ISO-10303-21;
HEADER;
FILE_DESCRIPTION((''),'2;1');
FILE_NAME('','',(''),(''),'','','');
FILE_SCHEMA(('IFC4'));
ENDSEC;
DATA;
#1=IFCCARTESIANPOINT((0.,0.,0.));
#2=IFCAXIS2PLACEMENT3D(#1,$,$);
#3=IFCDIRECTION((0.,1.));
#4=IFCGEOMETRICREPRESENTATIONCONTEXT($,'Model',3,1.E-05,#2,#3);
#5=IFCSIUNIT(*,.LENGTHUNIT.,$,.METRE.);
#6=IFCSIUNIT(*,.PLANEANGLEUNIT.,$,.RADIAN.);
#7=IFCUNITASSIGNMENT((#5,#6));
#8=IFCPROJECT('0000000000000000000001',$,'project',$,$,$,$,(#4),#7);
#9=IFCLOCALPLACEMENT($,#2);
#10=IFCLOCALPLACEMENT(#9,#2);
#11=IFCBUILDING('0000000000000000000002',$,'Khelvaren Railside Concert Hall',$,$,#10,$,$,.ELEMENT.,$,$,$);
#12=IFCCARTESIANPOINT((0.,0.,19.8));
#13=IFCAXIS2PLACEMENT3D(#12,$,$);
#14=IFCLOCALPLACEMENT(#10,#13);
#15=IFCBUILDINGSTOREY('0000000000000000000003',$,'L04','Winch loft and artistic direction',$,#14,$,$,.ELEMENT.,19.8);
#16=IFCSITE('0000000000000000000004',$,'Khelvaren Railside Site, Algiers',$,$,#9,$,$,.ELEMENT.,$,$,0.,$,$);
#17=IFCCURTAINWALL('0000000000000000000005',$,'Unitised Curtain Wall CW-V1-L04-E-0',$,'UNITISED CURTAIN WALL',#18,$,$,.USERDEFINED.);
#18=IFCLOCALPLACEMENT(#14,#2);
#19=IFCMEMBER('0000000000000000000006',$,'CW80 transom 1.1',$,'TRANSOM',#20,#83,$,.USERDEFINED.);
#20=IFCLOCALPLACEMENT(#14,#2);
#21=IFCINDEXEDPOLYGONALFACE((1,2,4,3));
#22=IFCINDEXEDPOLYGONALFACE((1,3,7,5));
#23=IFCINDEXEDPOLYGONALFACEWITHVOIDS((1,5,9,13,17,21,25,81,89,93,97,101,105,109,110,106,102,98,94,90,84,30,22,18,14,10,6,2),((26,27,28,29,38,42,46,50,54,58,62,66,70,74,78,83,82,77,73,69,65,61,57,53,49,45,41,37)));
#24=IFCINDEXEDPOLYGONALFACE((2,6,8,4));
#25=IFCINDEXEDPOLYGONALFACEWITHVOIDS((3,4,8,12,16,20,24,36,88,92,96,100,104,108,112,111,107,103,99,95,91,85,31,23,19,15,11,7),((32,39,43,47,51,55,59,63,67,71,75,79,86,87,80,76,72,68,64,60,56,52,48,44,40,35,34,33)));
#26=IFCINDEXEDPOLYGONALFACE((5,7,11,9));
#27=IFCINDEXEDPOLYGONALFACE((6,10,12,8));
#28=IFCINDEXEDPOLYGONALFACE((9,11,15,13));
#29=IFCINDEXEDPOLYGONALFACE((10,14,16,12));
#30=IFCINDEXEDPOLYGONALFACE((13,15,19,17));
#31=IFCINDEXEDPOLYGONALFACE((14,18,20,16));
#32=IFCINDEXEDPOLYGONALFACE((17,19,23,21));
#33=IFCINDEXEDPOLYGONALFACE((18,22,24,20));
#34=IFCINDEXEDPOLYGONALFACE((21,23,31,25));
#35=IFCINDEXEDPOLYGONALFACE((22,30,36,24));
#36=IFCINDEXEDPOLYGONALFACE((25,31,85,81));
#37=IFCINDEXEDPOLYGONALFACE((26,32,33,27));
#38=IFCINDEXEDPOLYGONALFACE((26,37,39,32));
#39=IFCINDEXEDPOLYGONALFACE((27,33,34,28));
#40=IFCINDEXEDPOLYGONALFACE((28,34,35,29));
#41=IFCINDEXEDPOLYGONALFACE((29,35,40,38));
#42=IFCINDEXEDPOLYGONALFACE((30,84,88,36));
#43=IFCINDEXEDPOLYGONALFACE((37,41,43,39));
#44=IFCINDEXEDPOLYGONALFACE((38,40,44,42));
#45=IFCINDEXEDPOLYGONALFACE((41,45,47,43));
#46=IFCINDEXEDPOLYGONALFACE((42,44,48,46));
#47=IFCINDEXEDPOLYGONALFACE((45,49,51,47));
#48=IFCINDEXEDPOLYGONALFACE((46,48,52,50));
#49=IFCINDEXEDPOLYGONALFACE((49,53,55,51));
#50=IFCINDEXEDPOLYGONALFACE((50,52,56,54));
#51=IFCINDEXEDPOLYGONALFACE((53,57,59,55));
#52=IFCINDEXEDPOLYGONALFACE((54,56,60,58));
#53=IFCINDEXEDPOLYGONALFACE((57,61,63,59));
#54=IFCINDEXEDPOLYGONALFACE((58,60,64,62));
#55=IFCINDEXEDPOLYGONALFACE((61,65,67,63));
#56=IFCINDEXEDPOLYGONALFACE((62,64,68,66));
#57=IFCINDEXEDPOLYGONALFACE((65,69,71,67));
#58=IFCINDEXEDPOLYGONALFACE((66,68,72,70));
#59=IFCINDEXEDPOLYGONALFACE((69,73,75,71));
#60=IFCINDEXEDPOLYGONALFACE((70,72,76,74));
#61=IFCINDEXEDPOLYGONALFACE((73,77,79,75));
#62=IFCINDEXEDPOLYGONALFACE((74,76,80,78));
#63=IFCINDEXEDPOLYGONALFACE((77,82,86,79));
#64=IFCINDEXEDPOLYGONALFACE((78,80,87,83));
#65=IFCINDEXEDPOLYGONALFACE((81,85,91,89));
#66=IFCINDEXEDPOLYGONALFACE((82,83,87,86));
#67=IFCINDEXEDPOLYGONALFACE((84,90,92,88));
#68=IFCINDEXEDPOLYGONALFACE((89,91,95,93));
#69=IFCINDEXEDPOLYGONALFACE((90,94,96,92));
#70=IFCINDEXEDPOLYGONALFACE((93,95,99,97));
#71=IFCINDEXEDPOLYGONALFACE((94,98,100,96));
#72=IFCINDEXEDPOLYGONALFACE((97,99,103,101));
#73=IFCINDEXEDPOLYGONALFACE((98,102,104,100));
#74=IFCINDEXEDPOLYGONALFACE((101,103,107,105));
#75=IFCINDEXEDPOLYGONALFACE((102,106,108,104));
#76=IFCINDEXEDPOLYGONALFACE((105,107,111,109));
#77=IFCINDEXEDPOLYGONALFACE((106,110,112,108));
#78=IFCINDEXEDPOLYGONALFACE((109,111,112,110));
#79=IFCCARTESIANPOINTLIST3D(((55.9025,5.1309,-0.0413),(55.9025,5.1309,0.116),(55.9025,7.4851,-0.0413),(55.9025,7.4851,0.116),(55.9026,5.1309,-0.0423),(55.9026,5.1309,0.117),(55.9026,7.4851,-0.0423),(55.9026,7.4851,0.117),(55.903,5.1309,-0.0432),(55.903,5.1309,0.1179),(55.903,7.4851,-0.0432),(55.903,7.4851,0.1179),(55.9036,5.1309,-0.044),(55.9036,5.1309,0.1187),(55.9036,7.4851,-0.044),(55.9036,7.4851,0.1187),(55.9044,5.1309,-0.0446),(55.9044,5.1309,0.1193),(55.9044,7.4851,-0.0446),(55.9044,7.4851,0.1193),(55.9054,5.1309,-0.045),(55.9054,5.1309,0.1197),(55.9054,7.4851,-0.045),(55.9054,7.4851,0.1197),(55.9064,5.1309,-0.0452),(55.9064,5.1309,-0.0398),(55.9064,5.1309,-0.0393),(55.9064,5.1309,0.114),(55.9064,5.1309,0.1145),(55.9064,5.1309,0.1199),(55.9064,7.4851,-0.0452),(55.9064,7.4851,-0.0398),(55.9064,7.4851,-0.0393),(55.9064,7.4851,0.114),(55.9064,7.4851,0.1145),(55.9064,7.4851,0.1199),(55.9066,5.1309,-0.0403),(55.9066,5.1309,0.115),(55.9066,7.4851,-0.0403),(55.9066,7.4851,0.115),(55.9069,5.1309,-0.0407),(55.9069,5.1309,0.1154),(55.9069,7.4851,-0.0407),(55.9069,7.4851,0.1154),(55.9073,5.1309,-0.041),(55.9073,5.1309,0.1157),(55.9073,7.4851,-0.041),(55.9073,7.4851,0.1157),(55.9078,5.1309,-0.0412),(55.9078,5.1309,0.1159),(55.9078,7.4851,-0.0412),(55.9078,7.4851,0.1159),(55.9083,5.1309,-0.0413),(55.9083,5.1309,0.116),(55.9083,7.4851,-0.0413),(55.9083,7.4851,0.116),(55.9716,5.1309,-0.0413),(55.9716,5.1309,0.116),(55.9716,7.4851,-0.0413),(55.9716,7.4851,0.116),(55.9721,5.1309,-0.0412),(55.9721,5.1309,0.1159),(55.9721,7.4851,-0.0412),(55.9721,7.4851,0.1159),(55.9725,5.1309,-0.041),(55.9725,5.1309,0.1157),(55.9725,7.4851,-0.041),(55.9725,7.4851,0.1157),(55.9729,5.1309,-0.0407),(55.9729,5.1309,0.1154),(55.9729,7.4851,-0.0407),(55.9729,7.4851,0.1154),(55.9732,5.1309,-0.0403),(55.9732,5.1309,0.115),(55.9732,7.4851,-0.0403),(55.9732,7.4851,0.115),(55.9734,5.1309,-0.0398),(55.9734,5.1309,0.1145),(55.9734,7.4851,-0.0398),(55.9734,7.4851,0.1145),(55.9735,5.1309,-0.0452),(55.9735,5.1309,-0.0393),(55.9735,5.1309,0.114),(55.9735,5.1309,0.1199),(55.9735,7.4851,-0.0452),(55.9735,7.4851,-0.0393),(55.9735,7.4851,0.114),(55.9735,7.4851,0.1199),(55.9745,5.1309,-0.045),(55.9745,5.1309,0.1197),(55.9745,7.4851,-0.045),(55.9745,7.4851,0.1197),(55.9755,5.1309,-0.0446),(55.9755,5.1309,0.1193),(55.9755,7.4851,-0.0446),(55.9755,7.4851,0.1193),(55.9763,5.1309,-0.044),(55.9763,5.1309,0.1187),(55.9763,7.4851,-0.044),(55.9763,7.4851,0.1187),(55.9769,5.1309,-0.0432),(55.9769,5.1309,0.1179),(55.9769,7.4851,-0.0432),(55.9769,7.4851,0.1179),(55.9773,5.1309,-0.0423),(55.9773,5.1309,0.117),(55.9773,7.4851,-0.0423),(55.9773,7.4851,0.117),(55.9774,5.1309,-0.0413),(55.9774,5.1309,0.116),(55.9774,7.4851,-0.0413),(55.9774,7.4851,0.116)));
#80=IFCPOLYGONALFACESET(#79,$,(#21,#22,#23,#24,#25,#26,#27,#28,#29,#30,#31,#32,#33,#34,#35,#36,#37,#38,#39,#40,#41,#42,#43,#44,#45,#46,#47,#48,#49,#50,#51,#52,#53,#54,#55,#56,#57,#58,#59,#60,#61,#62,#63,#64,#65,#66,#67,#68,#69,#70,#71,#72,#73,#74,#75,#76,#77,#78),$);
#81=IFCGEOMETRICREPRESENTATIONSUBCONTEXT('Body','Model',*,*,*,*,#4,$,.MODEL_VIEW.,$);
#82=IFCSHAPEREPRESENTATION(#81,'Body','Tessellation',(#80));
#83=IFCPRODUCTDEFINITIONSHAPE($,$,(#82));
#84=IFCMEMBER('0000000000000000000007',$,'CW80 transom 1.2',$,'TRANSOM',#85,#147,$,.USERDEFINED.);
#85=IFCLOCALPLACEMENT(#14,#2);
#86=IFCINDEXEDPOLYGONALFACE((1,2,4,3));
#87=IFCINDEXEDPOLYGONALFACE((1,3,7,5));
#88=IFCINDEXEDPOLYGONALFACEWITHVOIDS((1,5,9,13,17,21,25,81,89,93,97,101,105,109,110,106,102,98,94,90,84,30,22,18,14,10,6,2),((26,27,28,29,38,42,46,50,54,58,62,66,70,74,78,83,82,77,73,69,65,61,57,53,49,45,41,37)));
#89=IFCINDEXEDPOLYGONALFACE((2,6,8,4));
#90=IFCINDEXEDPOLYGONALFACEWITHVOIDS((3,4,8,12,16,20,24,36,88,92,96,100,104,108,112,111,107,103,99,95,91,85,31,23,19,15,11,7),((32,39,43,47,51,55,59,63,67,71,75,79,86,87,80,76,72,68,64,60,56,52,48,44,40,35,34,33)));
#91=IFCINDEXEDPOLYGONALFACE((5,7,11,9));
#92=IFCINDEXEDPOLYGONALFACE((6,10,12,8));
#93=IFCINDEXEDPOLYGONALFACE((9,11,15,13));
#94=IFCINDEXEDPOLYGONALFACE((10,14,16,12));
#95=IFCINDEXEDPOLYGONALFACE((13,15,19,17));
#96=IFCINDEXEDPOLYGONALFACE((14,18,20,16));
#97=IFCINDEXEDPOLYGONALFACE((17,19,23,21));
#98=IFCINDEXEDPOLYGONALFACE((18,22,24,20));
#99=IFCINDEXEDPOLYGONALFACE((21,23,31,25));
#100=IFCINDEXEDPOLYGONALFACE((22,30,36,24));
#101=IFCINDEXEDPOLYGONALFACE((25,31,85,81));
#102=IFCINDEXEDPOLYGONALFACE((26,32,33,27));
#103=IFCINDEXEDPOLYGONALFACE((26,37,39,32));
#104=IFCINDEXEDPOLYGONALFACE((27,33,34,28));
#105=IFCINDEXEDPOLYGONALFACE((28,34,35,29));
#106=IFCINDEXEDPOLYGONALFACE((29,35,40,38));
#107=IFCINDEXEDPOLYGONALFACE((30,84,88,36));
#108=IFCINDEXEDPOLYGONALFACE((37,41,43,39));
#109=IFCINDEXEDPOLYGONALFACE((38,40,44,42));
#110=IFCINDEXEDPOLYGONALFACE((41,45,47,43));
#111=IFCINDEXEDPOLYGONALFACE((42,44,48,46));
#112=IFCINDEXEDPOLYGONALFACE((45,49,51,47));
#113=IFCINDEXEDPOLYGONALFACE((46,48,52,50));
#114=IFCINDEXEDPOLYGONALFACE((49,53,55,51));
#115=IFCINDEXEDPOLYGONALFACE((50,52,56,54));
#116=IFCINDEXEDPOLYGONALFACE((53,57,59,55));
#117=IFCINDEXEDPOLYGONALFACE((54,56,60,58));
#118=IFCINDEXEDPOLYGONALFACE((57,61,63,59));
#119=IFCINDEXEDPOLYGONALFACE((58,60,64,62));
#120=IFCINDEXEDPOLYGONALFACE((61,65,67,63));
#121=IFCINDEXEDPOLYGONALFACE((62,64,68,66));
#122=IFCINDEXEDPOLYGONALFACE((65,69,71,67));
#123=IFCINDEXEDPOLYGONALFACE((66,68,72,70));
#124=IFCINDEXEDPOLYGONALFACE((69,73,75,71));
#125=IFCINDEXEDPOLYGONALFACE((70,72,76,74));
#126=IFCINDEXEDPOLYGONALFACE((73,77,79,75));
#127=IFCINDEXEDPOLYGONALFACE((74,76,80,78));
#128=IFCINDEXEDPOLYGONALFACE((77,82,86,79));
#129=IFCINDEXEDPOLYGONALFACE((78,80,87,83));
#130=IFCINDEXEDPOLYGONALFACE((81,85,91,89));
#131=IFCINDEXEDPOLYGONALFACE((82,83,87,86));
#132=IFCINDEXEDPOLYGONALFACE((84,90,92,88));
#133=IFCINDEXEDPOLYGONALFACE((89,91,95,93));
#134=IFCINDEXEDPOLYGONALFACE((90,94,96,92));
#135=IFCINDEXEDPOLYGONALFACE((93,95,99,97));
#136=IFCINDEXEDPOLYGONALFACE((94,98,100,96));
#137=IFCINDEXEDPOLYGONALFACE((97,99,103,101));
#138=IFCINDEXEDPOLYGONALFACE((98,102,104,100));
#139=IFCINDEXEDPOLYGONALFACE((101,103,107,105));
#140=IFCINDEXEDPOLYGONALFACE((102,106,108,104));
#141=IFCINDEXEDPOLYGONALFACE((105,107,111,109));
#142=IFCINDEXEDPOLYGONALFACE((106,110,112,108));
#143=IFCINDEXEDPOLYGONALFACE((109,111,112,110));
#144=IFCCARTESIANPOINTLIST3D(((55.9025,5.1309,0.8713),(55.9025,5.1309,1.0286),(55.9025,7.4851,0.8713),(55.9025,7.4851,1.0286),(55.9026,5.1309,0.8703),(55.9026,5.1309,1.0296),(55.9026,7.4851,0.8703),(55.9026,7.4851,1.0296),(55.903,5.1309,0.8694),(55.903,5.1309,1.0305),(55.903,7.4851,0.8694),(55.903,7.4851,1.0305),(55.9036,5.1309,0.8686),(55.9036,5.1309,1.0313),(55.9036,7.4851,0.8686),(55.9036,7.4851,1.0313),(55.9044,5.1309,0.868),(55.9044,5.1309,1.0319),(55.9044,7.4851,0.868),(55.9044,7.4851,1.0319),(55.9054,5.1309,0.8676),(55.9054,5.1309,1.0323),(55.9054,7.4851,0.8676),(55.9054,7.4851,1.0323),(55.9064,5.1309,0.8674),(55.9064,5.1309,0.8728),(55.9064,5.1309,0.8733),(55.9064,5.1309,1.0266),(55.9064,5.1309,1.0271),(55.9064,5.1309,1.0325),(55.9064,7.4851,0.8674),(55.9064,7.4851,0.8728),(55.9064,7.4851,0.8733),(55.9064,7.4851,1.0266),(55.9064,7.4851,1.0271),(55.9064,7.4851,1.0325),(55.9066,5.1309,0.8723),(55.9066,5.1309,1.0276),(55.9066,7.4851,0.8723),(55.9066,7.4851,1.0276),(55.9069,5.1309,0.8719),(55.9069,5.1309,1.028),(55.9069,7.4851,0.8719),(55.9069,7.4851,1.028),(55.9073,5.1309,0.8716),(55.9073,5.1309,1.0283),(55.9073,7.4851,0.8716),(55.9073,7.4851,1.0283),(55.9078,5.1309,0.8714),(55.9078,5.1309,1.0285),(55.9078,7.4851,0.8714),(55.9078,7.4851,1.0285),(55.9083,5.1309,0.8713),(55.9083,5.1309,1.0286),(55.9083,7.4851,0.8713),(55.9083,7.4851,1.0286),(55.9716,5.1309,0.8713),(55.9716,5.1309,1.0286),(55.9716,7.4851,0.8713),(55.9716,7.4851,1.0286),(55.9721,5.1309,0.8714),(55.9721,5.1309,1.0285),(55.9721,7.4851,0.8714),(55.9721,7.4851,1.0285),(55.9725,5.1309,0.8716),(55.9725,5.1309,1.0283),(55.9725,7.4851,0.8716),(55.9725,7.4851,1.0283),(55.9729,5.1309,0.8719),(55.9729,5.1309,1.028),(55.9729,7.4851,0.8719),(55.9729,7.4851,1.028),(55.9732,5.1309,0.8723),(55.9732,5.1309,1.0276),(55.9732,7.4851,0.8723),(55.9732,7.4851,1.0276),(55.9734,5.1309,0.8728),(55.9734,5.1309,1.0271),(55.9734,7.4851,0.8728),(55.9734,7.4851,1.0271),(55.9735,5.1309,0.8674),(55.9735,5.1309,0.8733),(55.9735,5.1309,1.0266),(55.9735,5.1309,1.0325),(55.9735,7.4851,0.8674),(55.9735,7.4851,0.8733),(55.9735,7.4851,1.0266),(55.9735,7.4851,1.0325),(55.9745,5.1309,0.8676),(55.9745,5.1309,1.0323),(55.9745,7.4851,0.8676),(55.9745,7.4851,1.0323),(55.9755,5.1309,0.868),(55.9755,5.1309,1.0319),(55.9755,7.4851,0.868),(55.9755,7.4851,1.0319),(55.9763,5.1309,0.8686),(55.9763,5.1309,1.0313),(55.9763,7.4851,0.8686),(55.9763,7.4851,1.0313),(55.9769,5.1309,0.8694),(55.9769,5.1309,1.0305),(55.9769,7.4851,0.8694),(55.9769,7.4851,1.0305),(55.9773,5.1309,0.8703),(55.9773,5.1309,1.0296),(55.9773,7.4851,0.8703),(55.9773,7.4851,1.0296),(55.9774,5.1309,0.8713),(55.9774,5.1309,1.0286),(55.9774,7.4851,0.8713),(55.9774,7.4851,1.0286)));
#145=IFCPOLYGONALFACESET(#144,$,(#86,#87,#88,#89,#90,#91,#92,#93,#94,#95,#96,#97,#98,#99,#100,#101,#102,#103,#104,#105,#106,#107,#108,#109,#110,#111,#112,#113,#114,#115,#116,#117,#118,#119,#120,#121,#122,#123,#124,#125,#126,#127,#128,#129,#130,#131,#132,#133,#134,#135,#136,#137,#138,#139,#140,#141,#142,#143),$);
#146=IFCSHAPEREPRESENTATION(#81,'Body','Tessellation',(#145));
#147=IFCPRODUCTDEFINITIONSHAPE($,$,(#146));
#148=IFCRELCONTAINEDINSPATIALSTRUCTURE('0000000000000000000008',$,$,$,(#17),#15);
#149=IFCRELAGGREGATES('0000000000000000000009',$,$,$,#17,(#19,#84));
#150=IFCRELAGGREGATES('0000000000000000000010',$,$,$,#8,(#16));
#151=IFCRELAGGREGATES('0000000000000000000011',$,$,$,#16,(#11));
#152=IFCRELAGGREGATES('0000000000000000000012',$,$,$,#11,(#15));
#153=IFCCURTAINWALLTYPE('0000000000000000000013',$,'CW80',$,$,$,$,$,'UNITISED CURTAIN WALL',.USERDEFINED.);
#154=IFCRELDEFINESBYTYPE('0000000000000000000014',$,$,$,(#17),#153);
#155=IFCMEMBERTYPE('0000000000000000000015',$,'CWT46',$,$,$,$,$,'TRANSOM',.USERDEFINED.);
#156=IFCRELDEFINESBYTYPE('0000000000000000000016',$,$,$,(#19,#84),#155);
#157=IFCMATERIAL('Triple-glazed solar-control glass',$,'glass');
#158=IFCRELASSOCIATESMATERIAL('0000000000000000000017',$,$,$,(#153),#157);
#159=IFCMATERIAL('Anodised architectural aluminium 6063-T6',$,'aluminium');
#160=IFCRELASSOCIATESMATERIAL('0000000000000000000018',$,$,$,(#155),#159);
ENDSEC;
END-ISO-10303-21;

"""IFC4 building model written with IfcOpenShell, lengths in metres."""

from ifc_helpers import new_model, si_unit, direction, frame, origin, origin_2d, place, context, subcontext, project, spatial, hollow_rectangle, extrude, material, material_profile, profile_set, type_object, element, aggregate, save


model = new_model("IFC4")

# Units and contexts
model_context = context("Model", 3, precision=1e-05, world=origin(), true_north=direction((0.0, 1.0)))
body_context = subcontext(model_context, "Body", "Model", "MODEL_VIEW")
ifc_project = project(units=[si_unit("LENGTHUNIT", "METRE"), si_unit("PLANEANGLEUNIT", "RADIAN")], contexts=[model_context])

# Site, building, storey
site_placement = place(None, origin())
site = spatial("IfcSite", under=ifc_project, at=site_placement, Name="Khelvaren Railside Site, Algiers", CompositionType="ELEMENT", RefElevation=0.0)
building_placement = place(site_placement, origin())
building = spatial("IfcBuilding", under=site, at=building_placement, Name="Khelvaren Railside Concert Hall", CompositionType="ELEMENT")
storey_placement = place(building_placement, frame((0.0, 0.0, 19.8)))
storey = spatial("IfcBuildingStorey", under=building, at=storey_placement, Name="L04", Description="Winch loft and artistic direction", CompositionType="ELEMENT", Elevation=19.8)

# Curtain wall, members
ifc_material_1 = material(Name="Triple-glazed solar-control glass", Category="glass")
curtain_wall_type = type_object("IfcCurtainWallType", Name="CW80", ElementType="UNITISED CURTAIN WALL", PredefinedType="USERDEFINED", material=ifc_material_1)
curtain_wall_placement = place(storey_placement, origin())
curtain_wall = element("IfcCurtainWall", 1, at=curtain_wall_placement, inside=storey, type_object=curtain_wall_type, Name="Unitised Curtain Wall CW-V1-L04-E-0", ObjectType="UNITISED CURTAIN WALL", PredefinedType="USERDEFINED")
ifc_material_2 = material(Name="Anodised architectural aluminium 6063-T6", Category="aluminium")
ifc_material_profile_1 = material_profile(ifc_material_2, hollow_rectangle(XDim=0.075, YDim=0.165, WallThickness=0.0039, InnerFilletRadius=0.002, OuterFilletRadius=0.0039, at=origin_2d()), Name="CWT 75x165x4")
ifc_profile_set_1 = profile_set([ifc_material_profile_1], Name="Anodised architectural aluminium 6063-T6")
member_type_1 = type_object("IfcMemberType", Name="CWT46", ElementType="TRANSOM", PredefinedType="USERDEFINED", material=ifc_profile_set_1)
member_1_placement = place(storey_placement, frame((55.9399, 7.4851, 0.0374), z_axis=(0.0, -1.0, 0.0), x_axis=(1.0, 0.0, 0.0)))
member_1 = element("IfcMember", 2, at=member_1_placement, type_object=member_type_1, Name="CW80 transom 1.1", ObjectType="TRANSOM", PredefinedType="USERDEFINED", context=body_context, shape_type="SweptSolid", body=[
    extrude(hollow_rectangle(XDim=0.075, YDim=0.165, WallThickness=0.0039, InnerFilletRadius=0.002, OuterFilletRadius=0.0039, at=origin_2d()), origin(), (0.0, 0.0, 1.0), 2.3542),
])
member_2_placement = place(storey_placement, frame((55.9399, 7.4851, 0.95), z_axis=(0.0, -1.0, 0.0), x_axis=(1.0, 0.0, 0.0)))
member_2 = element("IfcMember", 3, at=member_2_placement, type_object=member_type_1, Name="CW80 transom 1.2", ObjectType="TRANSOM", PredefinedType="USERDEFINED", context=body_context, shape_type="SweptSolid", body=[
    extrude(hollow_rectangle(XDim=0.075, YDim=0.165, WallThickness=0.0039, InnerFilletRadius=0.002, OuterFilletRadius=0.0039, at=origin_2d()), origin(), (0.0, 0.0, 1.0), 2.3542),
])

aggregate(curtain_wall, [member_1, member_2])

save(model, "model.ifc")
